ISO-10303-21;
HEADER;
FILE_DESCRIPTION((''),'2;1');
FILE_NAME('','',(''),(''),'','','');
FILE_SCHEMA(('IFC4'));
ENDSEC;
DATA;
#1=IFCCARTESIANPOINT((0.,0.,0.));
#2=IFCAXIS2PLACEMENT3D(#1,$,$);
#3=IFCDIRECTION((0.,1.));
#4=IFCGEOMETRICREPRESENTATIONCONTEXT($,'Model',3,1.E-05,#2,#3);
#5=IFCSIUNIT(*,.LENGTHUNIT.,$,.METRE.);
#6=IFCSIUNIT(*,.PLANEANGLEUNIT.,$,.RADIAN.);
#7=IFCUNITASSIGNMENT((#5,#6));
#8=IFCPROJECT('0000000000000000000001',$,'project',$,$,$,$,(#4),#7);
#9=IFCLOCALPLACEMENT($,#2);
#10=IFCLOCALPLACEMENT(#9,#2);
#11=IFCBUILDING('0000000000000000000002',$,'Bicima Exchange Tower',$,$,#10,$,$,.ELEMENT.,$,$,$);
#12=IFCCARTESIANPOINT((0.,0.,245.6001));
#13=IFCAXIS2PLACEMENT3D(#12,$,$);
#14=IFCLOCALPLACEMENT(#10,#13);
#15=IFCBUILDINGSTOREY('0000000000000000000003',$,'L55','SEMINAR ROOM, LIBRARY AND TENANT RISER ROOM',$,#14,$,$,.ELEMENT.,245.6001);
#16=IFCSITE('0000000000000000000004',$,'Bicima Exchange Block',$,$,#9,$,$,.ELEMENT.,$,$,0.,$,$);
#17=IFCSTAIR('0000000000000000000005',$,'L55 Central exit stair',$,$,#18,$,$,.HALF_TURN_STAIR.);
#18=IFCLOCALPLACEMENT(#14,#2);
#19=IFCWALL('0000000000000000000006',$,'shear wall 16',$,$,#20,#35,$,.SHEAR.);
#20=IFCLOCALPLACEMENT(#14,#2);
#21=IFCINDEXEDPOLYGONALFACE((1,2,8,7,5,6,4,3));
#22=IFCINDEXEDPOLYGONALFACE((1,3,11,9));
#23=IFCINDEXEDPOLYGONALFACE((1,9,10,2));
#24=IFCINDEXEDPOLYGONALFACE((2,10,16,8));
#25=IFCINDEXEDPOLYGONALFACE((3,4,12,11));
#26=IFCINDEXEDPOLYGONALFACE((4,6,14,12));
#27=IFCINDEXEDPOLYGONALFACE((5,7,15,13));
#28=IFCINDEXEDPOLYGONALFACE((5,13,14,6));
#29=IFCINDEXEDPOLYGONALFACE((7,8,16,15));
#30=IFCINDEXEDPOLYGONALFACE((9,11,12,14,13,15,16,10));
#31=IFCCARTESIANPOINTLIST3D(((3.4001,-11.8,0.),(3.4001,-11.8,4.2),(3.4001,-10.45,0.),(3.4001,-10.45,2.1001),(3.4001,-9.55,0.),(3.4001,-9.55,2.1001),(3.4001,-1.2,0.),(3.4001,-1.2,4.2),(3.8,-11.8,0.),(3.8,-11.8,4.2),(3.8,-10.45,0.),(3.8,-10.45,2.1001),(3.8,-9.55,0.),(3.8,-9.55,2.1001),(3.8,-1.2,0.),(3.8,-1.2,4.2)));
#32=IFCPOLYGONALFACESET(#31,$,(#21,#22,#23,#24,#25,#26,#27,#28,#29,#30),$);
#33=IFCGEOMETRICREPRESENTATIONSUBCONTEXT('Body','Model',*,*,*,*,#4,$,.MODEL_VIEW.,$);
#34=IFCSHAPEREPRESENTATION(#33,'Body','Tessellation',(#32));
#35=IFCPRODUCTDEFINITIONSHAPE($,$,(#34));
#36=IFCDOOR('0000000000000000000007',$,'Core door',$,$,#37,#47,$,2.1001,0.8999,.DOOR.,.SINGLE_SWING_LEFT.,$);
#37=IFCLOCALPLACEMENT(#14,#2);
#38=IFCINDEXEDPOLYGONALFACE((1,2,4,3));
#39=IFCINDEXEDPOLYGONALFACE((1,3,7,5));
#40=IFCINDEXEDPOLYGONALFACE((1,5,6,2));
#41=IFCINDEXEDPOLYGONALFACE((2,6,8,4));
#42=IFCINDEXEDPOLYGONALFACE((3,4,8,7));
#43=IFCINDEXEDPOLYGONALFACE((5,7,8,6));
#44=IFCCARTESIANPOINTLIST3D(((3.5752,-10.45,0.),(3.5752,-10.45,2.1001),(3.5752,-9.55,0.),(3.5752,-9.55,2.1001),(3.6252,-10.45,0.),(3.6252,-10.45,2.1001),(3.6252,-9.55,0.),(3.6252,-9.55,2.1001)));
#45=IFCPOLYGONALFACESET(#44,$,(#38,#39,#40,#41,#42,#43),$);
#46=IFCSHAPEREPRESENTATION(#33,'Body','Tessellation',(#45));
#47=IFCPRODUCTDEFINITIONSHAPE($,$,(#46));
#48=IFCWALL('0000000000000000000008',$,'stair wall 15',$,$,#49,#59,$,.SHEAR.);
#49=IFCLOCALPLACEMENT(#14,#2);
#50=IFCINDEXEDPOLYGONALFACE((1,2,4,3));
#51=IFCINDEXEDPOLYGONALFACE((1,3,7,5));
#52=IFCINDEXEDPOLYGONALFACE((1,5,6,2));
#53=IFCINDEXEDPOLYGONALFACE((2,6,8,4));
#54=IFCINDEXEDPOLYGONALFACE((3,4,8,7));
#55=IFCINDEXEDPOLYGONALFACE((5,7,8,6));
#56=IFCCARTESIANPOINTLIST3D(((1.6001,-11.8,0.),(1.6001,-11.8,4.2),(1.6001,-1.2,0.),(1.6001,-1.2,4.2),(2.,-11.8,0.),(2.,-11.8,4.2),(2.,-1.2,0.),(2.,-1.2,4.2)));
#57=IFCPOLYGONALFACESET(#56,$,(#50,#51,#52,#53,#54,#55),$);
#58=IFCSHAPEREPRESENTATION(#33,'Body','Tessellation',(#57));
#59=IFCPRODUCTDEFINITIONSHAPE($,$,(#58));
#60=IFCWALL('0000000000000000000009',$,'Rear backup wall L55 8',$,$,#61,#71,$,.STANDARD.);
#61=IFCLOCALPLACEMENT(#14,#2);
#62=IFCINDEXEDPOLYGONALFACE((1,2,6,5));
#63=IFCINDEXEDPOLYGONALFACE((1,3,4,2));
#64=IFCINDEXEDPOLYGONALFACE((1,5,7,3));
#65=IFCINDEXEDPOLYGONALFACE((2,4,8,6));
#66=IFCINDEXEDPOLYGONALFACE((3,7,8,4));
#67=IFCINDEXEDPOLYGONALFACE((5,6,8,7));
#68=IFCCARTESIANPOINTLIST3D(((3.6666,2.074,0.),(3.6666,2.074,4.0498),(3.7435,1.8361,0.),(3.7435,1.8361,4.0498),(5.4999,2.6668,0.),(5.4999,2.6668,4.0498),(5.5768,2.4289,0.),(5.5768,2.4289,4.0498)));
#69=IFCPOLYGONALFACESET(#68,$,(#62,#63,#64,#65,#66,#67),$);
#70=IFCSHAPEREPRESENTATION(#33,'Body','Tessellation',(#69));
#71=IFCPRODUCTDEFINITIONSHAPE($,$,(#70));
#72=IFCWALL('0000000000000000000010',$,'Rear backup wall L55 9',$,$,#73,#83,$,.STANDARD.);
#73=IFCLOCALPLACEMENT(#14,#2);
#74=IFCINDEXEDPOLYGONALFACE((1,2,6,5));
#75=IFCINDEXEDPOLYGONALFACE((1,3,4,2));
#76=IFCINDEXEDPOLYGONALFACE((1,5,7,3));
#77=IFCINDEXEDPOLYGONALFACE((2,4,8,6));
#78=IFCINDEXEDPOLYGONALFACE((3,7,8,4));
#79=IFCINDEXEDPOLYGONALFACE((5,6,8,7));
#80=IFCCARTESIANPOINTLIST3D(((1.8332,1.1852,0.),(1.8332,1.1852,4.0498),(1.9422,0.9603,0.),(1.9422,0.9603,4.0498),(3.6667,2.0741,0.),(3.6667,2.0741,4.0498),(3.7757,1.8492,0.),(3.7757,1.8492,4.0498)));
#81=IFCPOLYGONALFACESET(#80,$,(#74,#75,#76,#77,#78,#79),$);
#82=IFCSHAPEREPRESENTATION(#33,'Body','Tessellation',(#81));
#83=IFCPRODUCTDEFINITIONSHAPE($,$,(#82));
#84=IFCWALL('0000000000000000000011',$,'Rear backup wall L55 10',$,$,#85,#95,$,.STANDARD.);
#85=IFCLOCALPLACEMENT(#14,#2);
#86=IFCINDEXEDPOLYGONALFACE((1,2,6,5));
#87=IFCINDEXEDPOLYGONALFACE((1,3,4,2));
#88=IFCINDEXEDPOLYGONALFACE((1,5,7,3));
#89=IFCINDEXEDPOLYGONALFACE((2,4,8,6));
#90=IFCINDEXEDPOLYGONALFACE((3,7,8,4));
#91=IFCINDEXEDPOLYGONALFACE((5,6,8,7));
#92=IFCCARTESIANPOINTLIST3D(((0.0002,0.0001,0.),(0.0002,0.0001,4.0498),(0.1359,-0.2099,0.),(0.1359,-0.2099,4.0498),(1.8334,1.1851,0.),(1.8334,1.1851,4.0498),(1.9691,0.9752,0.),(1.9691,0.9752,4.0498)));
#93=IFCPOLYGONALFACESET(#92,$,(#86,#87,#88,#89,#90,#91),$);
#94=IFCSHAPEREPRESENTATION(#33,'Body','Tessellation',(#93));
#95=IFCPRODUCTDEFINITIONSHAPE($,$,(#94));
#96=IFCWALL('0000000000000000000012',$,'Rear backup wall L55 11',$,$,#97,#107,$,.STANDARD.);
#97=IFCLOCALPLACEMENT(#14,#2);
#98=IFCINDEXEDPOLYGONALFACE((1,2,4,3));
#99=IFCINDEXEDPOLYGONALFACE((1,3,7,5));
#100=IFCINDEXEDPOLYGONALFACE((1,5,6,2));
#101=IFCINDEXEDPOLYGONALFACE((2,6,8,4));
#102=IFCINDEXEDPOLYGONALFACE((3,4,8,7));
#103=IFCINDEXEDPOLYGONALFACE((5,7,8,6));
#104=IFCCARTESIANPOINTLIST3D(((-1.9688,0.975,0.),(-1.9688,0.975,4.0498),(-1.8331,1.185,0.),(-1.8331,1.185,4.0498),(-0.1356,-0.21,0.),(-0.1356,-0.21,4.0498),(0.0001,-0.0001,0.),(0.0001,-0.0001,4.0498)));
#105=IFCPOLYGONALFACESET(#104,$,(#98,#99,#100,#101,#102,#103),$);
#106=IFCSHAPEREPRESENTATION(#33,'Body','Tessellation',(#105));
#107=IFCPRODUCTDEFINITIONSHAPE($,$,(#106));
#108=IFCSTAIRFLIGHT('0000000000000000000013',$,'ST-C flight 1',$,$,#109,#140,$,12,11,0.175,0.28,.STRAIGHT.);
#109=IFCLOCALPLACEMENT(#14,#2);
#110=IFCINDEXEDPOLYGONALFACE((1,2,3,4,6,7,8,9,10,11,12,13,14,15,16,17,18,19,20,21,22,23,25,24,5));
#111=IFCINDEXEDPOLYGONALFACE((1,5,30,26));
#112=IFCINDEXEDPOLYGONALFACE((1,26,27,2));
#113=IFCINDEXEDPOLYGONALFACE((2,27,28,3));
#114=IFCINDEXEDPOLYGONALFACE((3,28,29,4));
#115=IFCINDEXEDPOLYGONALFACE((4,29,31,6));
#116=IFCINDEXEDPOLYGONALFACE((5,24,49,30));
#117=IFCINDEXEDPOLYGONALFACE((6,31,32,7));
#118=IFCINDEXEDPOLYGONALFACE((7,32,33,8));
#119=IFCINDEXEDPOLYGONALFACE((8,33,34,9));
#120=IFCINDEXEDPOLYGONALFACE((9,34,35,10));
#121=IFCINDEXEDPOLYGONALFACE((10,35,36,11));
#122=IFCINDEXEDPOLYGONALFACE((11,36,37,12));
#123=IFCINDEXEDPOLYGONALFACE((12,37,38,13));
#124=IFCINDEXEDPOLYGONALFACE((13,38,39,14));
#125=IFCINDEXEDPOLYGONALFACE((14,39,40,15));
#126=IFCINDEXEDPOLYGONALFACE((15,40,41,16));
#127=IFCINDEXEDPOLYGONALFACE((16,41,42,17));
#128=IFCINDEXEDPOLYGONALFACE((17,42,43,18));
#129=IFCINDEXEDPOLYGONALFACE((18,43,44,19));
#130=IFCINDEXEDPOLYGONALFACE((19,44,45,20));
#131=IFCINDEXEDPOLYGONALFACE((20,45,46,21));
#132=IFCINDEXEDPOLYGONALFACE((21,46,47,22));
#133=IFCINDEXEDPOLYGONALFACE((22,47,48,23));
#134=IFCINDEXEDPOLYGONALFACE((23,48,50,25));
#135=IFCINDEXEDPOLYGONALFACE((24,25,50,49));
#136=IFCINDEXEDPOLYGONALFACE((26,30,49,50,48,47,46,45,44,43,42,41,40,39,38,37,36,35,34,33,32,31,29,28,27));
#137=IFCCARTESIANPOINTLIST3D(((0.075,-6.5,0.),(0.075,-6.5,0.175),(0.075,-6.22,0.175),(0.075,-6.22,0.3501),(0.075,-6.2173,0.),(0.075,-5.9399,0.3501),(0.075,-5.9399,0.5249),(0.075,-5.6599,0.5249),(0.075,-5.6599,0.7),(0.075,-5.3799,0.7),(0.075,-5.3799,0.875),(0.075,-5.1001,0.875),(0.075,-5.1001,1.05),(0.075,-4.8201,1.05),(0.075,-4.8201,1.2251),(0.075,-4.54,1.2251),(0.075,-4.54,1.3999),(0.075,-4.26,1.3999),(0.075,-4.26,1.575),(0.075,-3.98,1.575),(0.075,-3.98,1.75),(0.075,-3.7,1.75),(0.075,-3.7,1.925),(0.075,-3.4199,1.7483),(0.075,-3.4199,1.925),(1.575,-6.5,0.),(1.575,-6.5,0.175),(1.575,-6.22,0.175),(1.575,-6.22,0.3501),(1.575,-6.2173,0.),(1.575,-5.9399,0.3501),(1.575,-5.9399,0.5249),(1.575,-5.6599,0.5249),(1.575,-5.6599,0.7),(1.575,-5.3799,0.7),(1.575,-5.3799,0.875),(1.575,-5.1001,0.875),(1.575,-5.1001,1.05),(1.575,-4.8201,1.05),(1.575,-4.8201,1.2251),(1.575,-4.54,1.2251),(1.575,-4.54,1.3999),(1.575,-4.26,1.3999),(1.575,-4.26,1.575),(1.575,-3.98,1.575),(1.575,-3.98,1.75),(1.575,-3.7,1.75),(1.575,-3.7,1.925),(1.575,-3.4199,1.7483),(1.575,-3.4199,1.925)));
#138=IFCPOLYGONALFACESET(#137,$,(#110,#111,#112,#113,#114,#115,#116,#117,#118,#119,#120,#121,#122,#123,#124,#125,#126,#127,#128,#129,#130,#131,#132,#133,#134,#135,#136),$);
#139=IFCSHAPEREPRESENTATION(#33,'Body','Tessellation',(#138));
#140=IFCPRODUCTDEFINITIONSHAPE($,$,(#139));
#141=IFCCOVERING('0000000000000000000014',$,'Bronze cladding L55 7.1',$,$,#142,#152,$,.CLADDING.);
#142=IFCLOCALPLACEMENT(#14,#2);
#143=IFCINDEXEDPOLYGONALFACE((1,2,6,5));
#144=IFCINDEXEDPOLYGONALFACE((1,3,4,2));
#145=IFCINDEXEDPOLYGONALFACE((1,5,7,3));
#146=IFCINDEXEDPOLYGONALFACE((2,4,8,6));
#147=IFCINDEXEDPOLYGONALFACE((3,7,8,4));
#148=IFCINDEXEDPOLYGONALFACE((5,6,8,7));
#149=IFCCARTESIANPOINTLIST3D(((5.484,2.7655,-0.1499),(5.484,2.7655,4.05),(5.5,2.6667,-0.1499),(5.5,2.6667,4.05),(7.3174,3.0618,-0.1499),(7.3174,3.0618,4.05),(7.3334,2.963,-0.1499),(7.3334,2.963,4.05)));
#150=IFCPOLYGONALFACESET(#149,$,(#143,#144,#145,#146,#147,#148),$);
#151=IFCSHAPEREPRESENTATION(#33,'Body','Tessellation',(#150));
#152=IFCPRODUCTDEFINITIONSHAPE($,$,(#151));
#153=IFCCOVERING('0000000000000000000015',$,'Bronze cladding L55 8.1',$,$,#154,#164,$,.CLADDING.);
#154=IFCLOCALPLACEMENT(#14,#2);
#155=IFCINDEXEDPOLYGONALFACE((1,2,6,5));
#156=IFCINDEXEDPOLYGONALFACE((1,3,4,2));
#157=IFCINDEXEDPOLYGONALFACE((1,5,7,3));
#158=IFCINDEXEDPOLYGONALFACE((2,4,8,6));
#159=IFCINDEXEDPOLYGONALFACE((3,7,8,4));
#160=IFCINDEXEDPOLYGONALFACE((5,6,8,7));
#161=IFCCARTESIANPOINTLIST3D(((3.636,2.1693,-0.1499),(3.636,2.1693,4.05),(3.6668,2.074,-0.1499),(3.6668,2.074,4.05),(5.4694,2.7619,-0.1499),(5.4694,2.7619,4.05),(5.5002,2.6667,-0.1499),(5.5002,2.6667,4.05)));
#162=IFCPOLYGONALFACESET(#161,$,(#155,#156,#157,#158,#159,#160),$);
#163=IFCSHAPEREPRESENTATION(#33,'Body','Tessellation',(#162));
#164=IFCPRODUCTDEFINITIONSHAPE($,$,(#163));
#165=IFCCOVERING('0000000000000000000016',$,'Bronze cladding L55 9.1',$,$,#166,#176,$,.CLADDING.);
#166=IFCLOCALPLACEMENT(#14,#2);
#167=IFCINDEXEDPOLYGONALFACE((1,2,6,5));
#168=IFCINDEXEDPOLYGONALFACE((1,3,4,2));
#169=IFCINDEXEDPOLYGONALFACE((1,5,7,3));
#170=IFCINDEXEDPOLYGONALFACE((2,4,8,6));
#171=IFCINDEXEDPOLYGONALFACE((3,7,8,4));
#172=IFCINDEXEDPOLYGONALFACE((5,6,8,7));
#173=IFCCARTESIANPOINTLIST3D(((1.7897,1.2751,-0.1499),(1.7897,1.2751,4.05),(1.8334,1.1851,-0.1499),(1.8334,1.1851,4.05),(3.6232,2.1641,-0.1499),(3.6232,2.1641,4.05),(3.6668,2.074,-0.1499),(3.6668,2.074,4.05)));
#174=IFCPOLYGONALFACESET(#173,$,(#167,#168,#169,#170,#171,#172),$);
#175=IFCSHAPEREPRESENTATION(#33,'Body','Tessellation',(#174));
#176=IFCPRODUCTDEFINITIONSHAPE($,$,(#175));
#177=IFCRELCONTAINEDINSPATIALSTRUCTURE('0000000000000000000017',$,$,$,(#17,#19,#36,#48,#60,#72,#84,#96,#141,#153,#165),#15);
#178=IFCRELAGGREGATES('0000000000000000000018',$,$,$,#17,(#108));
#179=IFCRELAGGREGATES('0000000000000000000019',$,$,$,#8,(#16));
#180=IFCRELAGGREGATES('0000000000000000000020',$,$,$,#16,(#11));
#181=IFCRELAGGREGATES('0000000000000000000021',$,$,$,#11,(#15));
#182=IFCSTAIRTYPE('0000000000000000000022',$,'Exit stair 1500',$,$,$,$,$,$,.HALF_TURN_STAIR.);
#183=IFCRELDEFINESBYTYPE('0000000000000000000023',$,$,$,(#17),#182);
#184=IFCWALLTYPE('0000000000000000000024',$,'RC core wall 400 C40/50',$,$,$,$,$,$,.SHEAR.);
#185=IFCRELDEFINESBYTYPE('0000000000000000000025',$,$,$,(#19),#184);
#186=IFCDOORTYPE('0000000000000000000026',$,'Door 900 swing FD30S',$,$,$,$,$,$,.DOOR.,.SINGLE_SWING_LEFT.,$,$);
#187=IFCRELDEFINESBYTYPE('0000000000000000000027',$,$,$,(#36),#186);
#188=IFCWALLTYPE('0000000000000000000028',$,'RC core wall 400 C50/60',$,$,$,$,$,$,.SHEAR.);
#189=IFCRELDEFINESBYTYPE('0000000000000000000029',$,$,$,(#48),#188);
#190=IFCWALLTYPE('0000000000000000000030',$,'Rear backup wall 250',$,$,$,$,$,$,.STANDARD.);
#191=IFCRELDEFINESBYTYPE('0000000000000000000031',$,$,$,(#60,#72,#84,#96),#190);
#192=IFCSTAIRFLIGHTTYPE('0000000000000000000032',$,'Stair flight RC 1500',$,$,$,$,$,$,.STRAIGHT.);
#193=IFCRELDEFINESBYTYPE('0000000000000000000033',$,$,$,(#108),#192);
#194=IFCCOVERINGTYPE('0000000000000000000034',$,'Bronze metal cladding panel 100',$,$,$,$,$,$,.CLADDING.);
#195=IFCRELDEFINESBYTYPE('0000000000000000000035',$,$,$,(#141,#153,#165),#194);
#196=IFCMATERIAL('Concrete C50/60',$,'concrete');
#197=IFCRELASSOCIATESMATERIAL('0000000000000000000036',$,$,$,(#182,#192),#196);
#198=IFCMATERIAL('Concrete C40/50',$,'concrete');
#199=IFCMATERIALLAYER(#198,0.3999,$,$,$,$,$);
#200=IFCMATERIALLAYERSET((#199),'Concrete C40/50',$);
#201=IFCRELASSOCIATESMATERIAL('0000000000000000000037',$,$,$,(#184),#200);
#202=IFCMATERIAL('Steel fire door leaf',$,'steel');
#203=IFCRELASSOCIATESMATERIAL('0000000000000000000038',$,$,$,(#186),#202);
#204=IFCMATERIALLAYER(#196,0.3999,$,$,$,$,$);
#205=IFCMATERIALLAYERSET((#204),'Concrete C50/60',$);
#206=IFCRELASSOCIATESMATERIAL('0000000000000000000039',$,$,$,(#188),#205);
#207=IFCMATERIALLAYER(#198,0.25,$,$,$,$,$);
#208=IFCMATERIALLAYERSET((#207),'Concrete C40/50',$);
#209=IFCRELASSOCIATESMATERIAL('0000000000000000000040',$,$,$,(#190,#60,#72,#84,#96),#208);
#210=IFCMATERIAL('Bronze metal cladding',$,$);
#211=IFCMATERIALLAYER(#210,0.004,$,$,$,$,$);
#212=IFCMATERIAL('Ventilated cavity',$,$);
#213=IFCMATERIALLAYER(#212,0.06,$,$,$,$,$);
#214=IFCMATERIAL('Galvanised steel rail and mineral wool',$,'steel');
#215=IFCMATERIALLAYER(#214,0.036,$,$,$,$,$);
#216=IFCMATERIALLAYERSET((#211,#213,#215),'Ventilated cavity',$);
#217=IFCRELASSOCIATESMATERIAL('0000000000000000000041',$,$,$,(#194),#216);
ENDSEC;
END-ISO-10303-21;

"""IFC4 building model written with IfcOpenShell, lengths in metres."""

from ifc_helpers import new_model, si_unit, direction, frame, frame_2d, origin, origin_2d, place, context, subcontext, project, spatial, polyline, rectangle, outline, extrude, material, layer, layer_set, layer_usage, type_object, element, fill, aggregate, save


model = new_model("IFC4")

# Units and contexts
model_context = context("Model", 3, precision=1e-05, world=origin(), true_north=direction((0.0, 1.0)))
body_context = subcontext(model_context, "Body", "Model", "MODEL_VIEW")
ifc_project = project(units=[si_unit("LENGTHUNIT", "METRE"), si_unit("PLANEANGLEUNIT", "RADIAN")], contexts=[model_context])

# Site, building, storey
site_placement = place(None, origin())
site = spatial("IfcSite", under=ifc_project, at=site_placement, Name="Bicima Exchange Block", CompositionType="ELEMENT", RefElevation=0.0)
building_placement = place(site_placement, origin())
building = spatial("IfcBuilding", under=site, at=building_placement, Name="Bicima Exchange Tower", CompositionType="ELEMENT")
storey_placement = place(building_placement, frame((0.0, 0.0, 245.6001)))
storey = spatial("IfcBuildingStorey", under=building, at=storey_placement, Name="L55", Description="SEMINAR ROOM, LIBRARY AND TENANT RISER ROOM", CompositionType="ELEMENT", Elevation=245.6001)

# Shared definitions
ifc_material_1 = material(Name="Concrete C40/50", Category="concrete")

# Stair
ifc_material_2 = material(Name="Concrete C50/60", Category="concrete")
stair_type_1 = type_object("IfcStairType", Name="Exit stair 1500", PredefinedType="HALF_TURN_STAIR", material=ifc_material_2)
stair_1_placement = place(storey_placement, origin())
stair_1 = element("IfcStair", 1, at=stair_1_placement, inside=storey, type_object=stair_type_1, Name="L55 Central exit stair", PredefinedType="HALF_TURN_STAIR")

# Shared definitions
ifc_layer_1 = layer(ifc_material_1, 0.3999)
ifc_layer_set_1 = layer_set([ifc_layer_1], Name="Concrete C40/50")
wall_type_1 = type_object("IfcWallType", Name="RC core wall 400 C40/50", PredefinedType="SHEAR", material=ifc_layer_set_1)
ifc_material_3 = material(Name="Steel fire door leaf", Category="steel")
door_type_1 = type_object("IfcDoorType", Name="Door 900 swing FD30S", OperationType="SINGLE_SWING_LEFT", PredefinedType="DOOR", material=ifc_material_3)

# Wall, opening, door
wall_1_placement = place(storey_placement, frame((3.6001, -11.8, 0.0), z_axis=(0.0, 0.0, 1.0), x_axis=(0.0, 1.0, 0.0)))
wall_1 = element("IfcWall", 2, at=wall_1_placement, inside=storey, type_object=wall_type_1, Name="shear wall 16", PredefinedType="SHEAR", context=body_context, shape_type="SweptSolid", body=[
    extrude(rectangle(XDim=10.6001, YDim=0.3999, at=frame_2d((5.3, 0.0))), origin(), (0.0, 0.0, 1.0), 4.2),
])
opening_1_placement = place(wall_1_placement, frame((1.3501, 0.0, 0.0)))
opening_1 = element("IfcOpeningElement", 3, at=opening_1_placement, cuts=wall_1, PredefinedType="OPENING", context=body_context, shape_type="SweptSolid", body=[
    extrude(rectangle(XDim=0.8999, YDim=2.1001, at=frame_2d((0.45, 1.05))), frame((0.0, 0.2119, 0.0), z_axis=(0.0, -1.0, 0.0), x_axis=(1.0, 0.0, 0.0)), (0.0, 0.0, 1.0), 0.4238),
])
door_1_placement = place(opening_1_placement, origin())
door_1 = element("IfcDoor", 4, at=door_1_placement, inside=storey, type_object=door_type_1, Name="Core door", OperationType="SINGLE_SWING_LEFT", OverallHeight=2.1001, OverallWidth=0.8999, PredefinedType="DOOR", context=body_context, shape_type="SweptSolid", body=[
    extrude(rectangle(XDim=0.8999, YDim=2.1001, at=frame_2d((0.45, 1.05))), frame((0.0, 0.0249, 0.0), z_axis=(0.0, -1.0, 0.0), x_axis=(1.0, 0.0, 0.0)), (0.0, 0.0, 1.0), 0.05),
])
fill(opening_1, door_1)

# Walls
ifc_layer_2 = layer(ifc_material_2, 0.3999)
ifc_layer_set_2 = layer_set([ifc_layer_2], Name="Concrete C50/60")
wall_type_2 = type_object("IfcWallType", Name="RC core wall 400 C50/60", PredefinedType="SHEAR", material=ifc_layer_set_2)
wall_2_placement = place(storey_placement, frame((1.8, -11.8, 0.0), z_axis=(0.0, 0.0, 1.0), x_axis=(0.0, 1.0, 0.0)))
element("IfcWall", 5, at=wall_2_placement, inside=storey, type_object=wall_type_2, Name="stair wall 15", PredefinedType="SHEAR", context=body_context, shape_type="SweptSolid", body=[
    extrude(rectangle(XDim=10.6001, YDim=0.3999, at=frame_2d((5.3, 0.0))), origin(), (0.0, 0.0, 1.0), 4.2),
])
ifc_layer_3 = layer(ifc_material_1, 0.25)
ifc_layer_set_3 = layer_set([ifc_layer_3], Name="Concrete C40/50")
ifc_layer_usage = layer_usage(ifc_layer_set_3, "AXIS2", "POSITIVE", -0.125)
wall_type_3 = type_object("IfcWallType", Name="Rear backup wall 250", PredefinedType="STANDARD", material=ifc_layer_set_3)
wall_3_placement = place(storey_placement, frame((5.5383, 2.5479, 0.0), z_axis=(0.0, 0.0, 1.0), x_axis=(-0.951496, -0.307662, 0.0)))
element("IfcWall", 6, at=wall_3_placement, inside=storey, type_object=wall_type_3, material=ifc_layer_usage, Name="Rear backup wall L55 8", PredefinedType="STANDARD", context=body_context, shape_type="SweptSolid", body=[
    extrude(rectangle(XDim=1.9268, YDim=0.25, at=frame_2d((0.9634, 0.0))), origin(), (0.0, 0.0, 1.0), 4.0498),
])
wall_4_placement = place(storey_placement, frame((3.7212, 1.9617, 0.0), z_axis=(0.0, 0.0, 1.0), x_axis=(-0.899824, -0.436253, 0.0)))
element("IfcWall", 7, at=wall_4_placement, inside=storey, type_object=wall_type_3, material=ifc_layer_usage, Name="Rear backup wall L55 9", PredefinedType="STANDARD", context=body_context, shape_type="SweptSolid", body=[
    extrude(rectangle(XDim=2.0376, YDim=0.25, at=frame_2d((1.0188, 0.0))), origin(), (0.0, 0.0, 1.0), 4.0498),
])
for number, where, z_axis, x_axis, name in (
    (8, (1.9011, 1.0801, 0.0), (0.0, 0.0, 1.0), (-0.839813, -0.542876, 0.0), "Rear backup wall L55 10"),
    (9, (-0.0679, -0.105, 0.0), (0.0, 0.0, 1.0), (-0.839813, 0.542876, 0.0), "Rear backup wall L55 11"),
):
    element("IfcWall", number, at=place(storey_placement, frame(where, z_axis=z_axis, x_axis=x_axis)), inside=storey, type_object=wall_type_3, material=ifc_layer_usage, Name=name, PredefinedType="STANDARD", context=body_context, shape_type="SweptSolid", body=[
        extrude(rectangle(XDim=2.1829, YDim=0.25, at=frame_2d((1.0913, 0.0))), origin(), (0.0, 0.0, 1.0), 4.0498),
    ])

# Stair flight
stair_flight_type = type_object("IfcStairFlightType", Name="Stair flight RC 1500", PredefinedType="STRAIGHT", material=ifc_material_2)
stair_flight_placement = place(storey_placement, frame((0.825, -6.5, 0.0), z_axis=(0.0, 0.0, 1.0), x_axis=(0.0, 1.0, 0.0)))
stair_flight = element("IfcStairFlight", 10, at=stair_flight_placement, type_object=stair_flight_type, Name="ST-C flight 1", NumberOfRisers=12, NumberOfTreads=11, PredefinedType="STRAIGHT", RiserHeight=0.175, TreadLength=0.28, context=body_context, shape_type="SweptSolid", body=[
    extrude(outline(polyline([(0.0, 0.0), (0.0, 0.175), (0.28, 0.175), (0.28, 0.3501), (0.5601, 0.3501), (0.5601, 0.5249), (0.8401, 0.5249), (0.8401, 0.7), (1.1201, 0.7), (1.1201, 0.875), (1.3999, 0.875), (1.3999, 1.05), (1.6799, 1.05), (1.6799, 1.2251), (1.96, 1.2251), (1.96, 1.3999), (2.24, 1.3999), (2.24, 1.575), (2.52, 1.575), (2.52, 1.75), (2.8, 1.75), (2.8, 1.925), (3.0801, 1.925), (3.0801, 2.1001), (3.0801, 1.7483), (0.2827, 0.0), (0.0, 0.0)])), frame((0.0, 0.75, 0.0), z_axis=(0.0, -1.0, 0.0), x_axis=(1.0, 0.0, 0.0)), (0.0, 0.0, 1.0), 1.5),
])
aggregate(stair_1, [stair_flight])

# Coverings
ifc_material_4 = material(Name="Bronze metal cladding")
ifc_layer_4 = layer(ifc_material_4, 0.004)
ifc_material_5 = material(Name="Ventilated cavity")
ifc_layer_5 = layer(ifc_material_5, 0.06)
ifc_material_6 = material(Name="Galvanised steel rail and mineral wool", Category="steel")
ifc_layer_6 = layer(ifc_material_6, 0.036)
ifc_layer_set_4 = layer_set([ifc_layer_4, ifc_layer_5, ifc_layer_6], Name="Ventilated cavity")
covering_type = type_object("IfcCoveringType", Name="Bronze metal cladding panel 100", PredefinedType="CLADDING", material=ifc_layer_set_4)
covering_1_placement = place(storey_placement, frame((6.4087, 2.8643, -0.1499), z_axis=(0.0, 0.0, 1.0), x_axis=(-0.98719, -0.15955, 0.0)))
element("IfcCovering", 11, at=covering_1_placement, inside=storey, type_object=covering_type, Name="Bronze cladding L55 7.1", PredefinedType="CLADDING", context=body_context, shape_type="SweptSolid", body=[
    extrude(rectangle(XDim=1.8572, YDim=0.1001, at=origin_2d()), origin(), (0.0, 0.0, 1.0), 4.2),
])
covering_2_placement = place(storey_placement, frame((4.5681, 2.418, -0.1499), z_axis=(0.0, 0.0, 1.0), x_axis=(-0.951525, -0.307573, 0.0)))
element("IfcCovering", 12, at=covering_2_placement, inside=storey, type_object=covering_type, Name="Bronze cladding L55 8.1", PredefinedType="CLADDING", context=body_context, shape_type="SweptSolid", body=[
    extrude(rectangle(XDim=1.9268, YDim=0.1001, at=origin_2d()), origin(), (0.0, 0.0, 1.0), 4.2),
])
covering_3_placement = place(storey_placement, frame((2.7283, 1.6746, -0.1499), z_axis=(0.0, 0.0, 1.0), x_axis=(-0.899818, -0.436265, 0.0)))
element("IfcCovering", 13, at=covering_3_placement, inside=storey, type_object=covering_type, Name="Bronze cladding L55 9.1", PredefinedType="CLADDING", context=body_context, shape_type="SweptSolid", body=[
    extrude(rectangle(XDim=2.0376, YDim=0.1001, at=origin_2d()), origin(), (0.0, 0.0, 1.0), 4.2),
])

save(model, "model.ifc")
